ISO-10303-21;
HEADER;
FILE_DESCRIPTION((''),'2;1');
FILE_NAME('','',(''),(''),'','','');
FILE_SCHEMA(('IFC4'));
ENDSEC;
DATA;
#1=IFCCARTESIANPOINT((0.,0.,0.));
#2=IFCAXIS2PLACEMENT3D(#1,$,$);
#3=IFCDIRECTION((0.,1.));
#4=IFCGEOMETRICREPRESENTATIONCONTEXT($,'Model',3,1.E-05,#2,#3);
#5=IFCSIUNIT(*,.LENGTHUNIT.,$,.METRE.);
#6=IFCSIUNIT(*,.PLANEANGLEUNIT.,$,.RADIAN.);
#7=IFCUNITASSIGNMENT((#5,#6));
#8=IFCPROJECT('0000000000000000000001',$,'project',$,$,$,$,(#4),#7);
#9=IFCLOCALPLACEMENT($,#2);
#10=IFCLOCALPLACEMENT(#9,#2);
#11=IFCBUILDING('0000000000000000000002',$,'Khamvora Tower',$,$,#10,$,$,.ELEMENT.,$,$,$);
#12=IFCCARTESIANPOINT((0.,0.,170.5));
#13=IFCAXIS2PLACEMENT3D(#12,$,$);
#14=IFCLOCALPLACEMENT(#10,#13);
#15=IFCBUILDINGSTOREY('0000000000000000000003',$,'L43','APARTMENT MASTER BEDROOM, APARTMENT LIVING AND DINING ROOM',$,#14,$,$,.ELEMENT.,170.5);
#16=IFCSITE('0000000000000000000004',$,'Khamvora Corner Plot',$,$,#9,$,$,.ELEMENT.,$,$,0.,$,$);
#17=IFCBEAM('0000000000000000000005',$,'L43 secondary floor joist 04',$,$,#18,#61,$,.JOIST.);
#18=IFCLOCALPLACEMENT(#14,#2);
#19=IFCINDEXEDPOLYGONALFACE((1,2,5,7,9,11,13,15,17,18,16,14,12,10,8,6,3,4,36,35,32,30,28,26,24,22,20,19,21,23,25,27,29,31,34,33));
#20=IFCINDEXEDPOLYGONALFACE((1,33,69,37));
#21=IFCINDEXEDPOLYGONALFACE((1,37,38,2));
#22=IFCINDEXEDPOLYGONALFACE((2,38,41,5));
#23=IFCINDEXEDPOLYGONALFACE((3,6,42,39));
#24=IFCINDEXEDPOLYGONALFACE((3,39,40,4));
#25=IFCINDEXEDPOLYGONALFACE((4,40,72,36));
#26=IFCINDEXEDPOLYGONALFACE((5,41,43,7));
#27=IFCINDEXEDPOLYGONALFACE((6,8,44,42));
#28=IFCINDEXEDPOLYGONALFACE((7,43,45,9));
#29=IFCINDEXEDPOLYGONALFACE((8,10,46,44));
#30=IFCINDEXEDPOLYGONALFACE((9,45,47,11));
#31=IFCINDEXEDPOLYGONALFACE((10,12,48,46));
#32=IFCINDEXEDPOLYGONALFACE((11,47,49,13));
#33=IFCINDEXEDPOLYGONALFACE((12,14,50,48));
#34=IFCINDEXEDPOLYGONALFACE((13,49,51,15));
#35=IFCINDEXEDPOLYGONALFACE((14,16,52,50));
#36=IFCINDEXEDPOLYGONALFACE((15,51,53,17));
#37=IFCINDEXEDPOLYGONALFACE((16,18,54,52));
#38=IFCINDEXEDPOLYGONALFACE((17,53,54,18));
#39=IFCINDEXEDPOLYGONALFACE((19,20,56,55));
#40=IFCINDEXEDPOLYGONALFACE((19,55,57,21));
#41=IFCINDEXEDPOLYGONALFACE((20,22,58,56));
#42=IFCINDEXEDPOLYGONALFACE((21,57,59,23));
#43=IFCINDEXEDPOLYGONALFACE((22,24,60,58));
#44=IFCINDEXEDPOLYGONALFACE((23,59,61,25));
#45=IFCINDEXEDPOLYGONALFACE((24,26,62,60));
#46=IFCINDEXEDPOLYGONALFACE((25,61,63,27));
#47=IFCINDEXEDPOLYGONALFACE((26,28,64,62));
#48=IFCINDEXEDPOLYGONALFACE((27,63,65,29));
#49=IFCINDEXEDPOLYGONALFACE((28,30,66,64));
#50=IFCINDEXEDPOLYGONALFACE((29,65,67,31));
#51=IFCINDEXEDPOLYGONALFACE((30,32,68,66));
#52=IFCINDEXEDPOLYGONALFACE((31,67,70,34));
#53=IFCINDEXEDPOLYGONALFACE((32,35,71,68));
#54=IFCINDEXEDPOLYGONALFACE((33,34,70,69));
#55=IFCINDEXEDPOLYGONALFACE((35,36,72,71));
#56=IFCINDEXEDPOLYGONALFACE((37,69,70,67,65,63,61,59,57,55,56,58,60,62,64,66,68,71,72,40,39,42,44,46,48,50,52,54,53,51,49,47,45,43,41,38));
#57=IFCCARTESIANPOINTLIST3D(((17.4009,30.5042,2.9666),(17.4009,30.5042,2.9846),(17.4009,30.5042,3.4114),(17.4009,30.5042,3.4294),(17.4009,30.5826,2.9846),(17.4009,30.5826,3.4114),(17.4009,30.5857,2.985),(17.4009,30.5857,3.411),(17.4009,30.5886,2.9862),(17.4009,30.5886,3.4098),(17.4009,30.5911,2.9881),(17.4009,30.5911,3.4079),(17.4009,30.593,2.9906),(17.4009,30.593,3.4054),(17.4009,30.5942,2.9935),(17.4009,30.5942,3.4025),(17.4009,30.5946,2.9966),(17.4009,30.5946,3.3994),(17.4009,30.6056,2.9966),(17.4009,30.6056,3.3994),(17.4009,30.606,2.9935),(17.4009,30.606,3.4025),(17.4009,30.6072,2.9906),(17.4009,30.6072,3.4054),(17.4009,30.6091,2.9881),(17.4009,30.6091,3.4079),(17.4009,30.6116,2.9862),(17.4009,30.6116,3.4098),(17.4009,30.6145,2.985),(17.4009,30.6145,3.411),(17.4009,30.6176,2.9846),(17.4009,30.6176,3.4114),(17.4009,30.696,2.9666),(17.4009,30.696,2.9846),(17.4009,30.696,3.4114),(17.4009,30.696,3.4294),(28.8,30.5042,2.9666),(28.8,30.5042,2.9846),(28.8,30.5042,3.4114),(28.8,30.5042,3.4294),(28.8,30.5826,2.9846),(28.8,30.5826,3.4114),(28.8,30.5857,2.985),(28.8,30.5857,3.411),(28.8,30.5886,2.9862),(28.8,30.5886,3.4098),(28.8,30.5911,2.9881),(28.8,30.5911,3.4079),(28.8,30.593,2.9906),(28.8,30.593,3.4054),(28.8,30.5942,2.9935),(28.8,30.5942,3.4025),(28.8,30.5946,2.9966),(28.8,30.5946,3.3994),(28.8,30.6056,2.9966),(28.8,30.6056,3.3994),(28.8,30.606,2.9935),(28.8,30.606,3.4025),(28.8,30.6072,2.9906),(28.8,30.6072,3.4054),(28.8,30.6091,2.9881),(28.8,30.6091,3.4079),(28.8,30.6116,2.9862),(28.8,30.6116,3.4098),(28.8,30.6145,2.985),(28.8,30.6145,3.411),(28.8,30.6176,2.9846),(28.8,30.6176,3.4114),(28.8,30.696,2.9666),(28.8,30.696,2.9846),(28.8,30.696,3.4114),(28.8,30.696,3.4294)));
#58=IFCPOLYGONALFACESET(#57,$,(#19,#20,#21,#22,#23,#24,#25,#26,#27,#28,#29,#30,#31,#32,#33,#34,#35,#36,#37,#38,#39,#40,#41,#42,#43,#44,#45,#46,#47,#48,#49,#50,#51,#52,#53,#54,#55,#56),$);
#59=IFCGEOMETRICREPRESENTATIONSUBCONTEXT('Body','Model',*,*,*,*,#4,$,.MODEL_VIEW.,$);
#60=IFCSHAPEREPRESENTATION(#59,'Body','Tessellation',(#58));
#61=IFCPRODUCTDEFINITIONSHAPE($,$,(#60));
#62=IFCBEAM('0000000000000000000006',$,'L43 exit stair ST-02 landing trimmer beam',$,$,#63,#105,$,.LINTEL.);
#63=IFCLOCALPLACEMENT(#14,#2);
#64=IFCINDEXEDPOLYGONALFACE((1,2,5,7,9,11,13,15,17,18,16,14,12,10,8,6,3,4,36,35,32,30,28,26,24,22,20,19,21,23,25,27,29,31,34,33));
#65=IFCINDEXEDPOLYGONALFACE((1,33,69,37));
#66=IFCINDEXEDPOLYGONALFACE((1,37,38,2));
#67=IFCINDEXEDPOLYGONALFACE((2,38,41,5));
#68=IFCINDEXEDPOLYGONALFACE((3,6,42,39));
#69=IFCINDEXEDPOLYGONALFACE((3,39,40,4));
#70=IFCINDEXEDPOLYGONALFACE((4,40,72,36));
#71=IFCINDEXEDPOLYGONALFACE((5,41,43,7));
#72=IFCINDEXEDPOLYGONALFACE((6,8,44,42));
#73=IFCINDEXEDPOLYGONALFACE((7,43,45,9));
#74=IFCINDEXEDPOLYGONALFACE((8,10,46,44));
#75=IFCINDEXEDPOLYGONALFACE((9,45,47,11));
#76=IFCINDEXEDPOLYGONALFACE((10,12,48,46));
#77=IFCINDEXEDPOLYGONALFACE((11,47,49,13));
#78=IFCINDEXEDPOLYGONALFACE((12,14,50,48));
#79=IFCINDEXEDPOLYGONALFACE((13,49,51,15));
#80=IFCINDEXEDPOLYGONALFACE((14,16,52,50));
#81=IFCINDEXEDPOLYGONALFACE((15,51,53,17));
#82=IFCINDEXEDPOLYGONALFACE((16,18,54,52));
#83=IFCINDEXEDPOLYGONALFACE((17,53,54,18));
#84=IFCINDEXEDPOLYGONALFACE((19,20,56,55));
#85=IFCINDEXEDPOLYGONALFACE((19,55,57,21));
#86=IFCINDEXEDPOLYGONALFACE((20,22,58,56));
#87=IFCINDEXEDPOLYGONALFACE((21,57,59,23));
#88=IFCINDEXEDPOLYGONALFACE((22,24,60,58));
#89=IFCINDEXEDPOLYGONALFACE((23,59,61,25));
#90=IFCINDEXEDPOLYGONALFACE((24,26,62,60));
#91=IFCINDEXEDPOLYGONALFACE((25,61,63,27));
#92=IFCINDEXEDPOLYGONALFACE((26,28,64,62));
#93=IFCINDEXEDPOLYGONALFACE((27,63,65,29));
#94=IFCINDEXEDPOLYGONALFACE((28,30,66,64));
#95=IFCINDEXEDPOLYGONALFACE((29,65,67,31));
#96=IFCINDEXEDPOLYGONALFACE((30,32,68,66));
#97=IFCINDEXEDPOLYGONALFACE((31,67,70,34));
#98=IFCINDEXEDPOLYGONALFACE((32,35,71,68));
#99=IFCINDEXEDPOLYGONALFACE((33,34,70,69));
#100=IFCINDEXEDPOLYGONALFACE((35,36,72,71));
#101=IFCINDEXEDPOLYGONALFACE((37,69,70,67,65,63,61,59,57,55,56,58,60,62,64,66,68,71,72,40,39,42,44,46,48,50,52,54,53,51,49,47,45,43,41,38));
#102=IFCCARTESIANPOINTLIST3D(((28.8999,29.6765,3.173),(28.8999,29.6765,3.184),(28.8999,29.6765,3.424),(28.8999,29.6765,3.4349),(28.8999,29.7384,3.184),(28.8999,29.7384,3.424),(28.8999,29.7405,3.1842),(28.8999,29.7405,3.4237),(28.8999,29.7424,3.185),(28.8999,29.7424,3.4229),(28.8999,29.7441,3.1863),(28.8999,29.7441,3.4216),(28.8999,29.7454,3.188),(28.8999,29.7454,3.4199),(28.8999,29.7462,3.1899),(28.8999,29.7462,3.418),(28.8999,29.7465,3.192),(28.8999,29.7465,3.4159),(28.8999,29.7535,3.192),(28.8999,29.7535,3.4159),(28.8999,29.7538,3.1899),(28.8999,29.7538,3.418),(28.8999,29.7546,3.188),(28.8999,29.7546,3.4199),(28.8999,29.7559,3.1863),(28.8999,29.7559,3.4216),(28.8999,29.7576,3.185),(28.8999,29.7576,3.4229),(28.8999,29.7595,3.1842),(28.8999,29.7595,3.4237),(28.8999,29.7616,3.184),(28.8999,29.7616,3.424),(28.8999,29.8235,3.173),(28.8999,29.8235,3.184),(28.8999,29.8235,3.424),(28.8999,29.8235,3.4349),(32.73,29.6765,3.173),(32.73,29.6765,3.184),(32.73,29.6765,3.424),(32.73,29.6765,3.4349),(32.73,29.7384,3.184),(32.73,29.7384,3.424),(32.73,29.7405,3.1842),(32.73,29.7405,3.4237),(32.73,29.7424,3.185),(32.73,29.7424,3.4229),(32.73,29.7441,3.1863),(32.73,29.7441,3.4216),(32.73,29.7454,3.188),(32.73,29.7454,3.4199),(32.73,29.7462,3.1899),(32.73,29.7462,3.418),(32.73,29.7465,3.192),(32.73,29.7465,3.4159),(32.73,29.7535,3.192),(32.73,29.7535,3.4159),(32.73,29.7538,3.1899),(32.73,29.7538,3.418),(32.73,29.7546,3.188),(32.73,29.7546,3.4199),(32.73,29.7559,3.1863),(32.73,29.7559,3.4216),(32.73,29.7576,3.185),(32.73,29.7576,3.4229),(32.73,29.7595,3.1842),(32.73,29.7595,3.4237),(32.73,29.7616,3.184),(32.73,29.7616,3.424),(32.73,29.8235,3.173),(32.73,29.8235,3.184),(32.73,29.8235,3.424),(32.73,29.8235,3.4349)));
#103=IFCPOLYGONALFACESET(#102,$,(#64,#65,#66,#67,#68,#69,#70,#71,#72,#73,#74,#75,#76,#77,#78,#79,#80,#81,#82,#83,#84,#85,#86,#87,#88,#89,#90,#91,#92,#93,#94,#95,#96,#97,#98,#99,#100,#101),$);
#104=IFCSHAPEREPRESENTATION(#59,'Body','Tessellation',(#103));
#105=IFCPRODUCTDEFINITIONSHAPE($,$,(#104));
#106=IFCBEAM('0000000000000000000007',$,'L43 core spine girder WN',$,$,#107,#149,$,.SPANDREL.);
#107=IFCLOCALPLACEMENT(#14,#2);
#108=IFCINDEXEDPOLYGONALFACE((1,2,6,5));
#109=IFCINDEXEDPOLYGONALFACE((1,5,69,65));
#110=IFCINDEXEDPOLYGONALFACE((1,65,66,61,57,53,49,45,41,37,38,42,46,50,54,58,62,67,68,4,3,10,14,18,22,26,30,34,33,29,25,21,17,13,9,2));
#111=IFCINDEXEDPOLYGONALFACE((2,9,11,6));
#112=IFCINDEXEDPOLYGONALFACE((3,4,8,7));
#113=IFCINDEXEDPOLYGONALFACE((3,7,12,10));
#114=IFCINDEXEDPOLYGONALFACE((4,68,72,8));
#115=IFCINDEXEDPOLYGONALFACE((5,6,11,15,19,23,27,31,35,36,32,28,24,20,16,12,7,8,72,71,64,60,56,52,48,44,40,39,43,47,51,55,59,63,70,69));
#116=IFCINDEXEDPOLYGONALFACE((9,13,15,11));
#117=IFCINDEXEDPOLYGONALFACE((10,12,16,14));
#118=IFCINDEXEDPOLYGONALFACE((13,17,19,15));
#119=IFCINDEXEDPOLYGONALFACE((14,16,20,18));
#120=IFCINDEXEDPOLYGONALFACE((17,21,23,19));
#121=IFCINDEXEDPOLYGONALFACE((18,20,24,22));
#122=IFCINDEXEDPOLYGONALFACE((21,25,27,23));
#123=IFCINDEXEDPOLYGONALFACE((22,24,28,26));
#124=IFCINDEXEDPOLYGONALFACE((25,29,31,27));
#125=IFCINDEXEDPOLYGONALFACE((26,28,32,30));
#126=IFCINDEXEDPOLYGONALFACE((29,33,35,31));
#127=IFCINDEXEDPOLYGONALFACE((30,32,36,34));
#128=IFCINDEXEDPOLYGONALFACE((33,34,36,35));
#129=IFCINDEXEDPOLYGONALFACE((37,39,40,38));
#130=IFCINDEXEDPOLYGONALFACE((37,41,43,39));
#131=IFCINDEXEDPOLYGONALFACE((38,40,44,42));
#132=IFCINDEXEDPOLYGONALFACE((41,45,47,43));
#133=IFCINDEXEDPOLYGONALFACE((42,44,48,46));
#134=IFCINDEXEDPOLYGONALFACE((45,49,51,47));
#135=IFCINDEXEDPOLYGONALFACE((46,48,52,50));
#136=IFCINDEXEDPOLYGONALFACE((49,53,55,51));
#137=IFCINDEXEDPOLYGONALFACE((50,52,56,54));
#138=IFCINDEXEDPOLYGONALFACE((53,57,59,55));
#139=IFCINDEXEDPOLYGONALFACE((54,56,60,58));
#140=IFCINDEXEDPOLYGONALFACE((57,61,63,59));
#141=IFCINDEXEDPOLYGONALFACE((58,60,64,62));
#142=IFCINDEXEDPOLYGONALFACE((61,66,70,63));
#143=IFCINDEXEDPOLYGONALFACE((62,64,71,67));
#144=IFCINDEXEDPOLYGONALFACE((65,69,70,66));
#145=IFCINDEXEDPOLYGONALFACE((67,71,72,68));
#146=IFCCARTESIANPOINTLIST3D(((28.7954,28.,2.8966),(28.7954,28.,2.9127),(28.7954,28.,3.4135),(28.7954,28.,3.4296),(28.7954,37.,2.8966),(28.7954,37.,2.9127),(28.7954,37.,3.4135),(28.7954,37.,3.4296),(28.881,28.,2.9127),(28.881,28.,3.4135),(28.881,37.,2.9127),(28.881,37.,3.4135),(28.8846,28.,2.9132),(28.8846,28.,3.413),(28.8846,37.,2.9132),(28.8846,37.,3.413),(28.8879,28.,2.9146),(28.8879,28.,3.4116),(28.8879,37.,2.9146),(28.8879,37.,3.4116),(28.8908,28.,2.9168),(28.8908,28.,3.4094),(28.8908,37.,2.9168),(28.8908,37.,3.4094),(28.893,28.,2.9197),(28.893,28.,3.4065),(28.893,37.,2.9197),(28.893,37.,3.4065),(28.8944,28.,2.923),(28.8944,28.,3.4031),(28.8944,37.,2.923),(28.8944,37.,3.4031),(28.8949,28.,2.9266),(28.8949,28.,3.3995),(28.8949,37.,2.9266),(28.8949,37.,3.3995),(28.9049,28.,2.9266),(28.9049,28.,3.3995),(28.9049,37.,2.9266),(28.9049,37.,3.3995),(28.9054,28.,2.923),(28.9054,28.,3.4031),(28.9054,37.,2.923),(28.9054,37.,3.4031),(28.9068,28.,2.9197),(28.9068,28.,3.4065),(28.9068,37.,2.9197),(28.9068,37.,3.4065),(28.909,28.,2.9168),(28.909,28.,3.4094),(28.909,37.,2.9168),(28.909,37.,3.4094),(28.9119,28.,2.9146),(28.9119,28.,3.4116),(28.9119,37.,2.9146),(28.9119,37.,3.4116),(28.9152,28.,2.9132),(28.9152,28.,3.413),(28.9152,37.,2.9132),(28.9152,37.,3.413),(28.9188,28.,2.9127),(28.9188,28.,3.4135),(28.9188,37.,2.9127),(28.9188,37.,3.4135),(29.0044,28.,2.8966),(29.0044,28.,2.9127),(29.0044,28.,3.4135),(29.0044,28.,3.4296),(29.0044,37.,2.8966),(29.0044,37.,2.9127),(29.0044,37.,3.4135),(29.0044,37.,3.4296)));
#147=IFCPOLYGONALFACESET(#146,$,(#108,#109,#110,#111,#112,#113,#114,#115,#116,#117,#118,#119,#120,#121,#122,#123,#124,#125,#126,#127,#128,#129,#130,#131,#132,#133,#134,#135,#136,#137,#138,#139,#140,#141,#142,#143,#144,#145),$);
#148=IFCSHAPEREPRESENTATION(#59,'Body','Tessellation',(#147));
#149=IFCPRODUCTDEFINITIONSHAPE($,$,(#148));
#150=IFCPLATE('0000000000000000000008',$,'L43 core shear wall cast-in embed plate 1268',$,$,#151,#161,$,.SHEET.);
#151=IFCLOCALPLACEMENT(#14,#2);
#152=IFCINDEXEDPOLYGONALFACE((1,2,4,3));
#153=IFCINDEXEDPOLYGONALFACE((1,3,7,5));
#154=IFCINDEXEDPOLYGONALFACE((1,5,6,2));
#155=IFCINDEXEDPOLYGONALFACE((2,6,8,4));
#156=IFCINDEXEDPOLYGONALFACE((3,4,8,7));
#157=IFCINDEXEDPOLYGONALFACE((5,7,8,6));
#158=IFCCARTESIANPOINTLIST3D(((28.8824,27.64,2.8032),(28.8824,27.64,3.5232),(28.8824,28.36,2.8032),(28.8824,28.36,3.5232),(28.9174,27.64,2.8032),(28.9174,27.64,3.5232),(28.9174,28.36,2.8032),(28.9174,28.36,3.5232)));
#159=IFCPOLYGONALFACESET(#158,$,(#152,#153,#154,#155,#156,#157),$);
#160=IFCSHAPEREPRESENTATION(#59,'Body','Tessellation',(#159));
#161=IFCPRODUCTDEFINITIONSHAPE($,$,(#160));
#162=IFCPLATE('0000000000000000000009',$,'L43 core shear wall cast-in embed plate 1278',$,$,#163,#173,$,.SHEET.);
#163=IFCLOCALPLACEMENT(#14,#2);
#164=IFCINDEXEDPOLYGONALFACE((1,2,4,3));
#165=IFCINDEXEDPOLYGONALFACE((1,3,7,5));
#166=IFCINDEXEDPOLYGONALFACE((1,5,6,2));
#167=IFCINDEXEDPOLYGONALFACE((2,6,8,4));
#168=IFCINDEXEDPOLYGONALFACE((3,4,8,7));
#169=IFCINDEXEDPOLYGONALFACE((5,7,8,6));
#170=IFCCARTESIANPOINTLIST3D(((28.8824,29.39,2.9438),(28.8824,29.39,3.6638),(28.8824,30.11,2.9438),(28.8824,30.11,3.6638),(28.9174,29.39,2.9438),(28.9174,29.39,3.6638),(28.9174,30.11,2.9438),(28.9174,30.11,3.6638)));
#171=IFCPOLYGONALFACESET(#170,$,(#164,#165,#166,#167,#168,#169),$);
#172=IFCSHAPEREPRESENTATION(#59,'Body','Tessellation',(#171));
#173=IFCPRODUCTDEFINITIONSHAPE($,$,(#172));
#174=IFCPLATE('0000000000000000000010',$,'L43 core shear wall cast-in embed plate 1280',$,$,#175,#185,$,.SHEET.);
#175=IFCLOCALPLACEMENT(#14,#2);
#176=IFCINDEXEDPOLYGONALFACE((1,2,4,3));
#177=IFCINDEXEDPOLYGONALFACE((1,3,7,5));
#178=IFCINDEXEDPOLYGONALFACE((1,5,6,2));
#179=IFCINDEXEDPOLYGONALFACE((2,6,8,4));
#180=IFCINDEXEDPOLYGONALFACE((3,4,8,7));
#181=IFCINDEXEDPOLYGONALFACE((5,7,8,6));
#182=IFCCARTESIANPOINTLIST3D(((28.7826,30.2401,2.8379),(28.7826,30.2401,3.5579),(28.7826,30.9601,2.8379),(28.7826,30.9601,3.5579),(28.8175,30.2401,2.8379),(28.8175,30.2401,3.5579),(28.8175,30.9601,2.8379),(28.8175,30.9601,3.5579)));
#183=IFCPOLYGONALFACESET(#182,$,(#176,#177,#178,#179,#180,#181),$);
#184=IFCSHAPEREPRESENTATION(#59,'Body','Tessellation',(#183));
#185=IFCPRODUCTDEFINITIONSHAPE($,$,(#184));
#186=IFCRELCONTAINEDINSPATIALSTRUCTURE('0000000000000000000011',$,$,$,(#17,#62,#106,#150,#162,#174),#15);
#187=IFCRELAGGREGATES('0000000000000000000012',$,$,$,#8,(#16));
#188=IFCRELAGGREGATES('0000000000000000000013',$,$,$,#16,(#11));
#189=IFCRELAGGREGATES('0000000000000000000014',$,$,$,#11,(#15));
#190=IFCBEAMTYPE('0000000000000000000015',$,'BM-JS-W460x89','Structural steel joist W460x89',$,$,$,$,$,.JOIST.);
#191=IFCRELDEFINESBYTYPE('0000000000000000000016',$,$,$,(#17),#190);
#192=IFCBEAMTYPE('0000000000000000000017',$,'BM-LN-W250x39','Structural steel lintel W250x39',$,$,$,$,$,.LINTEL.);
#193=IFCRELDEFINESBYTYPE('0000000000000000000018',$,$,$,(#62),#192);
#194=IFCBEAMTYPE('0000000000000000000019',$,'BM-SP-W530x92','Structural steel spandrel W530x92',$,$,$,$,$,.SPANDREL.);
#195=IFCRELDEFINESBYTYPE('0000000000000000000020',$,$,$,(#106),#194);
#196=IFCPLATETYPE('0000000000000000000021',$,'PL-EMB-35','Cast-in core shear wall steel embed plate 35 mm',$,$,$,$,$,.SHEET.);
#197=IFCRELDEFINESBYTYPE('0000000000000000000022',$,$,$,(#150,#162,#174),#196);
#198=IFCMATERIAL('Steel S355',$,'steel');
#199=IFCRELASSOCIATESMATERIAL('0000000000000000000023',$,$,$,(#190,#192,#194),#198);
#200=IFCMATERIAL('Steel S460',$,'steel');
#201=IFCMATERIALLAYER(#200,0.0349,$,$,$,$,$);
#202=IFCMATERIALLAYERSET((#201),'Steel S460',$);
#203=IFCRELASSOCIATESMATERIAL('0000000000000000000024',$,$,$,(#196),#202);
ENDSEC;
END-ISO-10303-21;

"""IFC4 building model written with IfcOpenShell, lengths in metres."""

from ifc_helpers import new_model, si_unit, direction, frame, origin, origin_2d, place, context, subcontext, project, spatial, rectangle, i_section, extrude, material, layer, layer_set, material_profile, profile_set, type_object, element, save


model = new_model("IFC4")

# Units and contexts
model_context = context("Model", 3, precision=1e-05, world=origin(), true_north=direction((0.0, 1.0)))
body_context = subcontext(model_context, "Body", "Model", "MODEL_VIEW")
ifc_project = project(units=[si_unit("LENGTHUNIT", "METRE"), si_unit("PLANEANGLEUNIT", "RADIAN")], contexts=[model_context])

# Site, building, storey
site_placement = place(None, origin())
site = spatial("IfcSite", under=ifc_project, at=site_placement, Name="Khamvora Corner Plot", CompositionType="ELEMENT", RefElevation=0.0)
building_placement = place(site_placement, origin())
building = spatial("IfcBuilding", under=site, at=building_placement, Name="Khamvora Tower", CompositionType="ELEMENT")
storey_placement = place(building_placement, frame((0.0, 0.0, 170.5)))
storey = spatial("IfcBuildingStorey", under=building, at=storey_placement, Name="L43", Description="APARTMENT MASTER BEDROOM, APARTMENT LIVING AND DINING ROOM", CompositionType="ELEMENT", Elevation=170.5)

# Beams
ifc_material_1 = material(Name="Steel S355", Category="steel")
ifc_material_profile_1 = material_profile(ifc_material_1, i_section(OverallWidth=0.1919, OverallDepth=0.4629, WebThickness=0.011, FlangeThickness=0.0181, FilletRadius=0.012, at=origin_2d()), Name="W460x89")
ifc_profile_set_1 = profile_set([ifc_material_profile_1], Name="Steel S355")
beam_type_1 = type_object("IfcBeamType", Name="BM-JS-W460x89", Description="Structural steel joist W460x89", PredefinedType="JOIST", material=ifc_profile_set_1)
beam_1_placement = place(storey_placement, frame((17.4009, 30.6001, 3.198), z_axis=(1.0, 0.0, 0.0), x_axis=(0.0, 1.0, 0.0)))
element("IfcBeam", 1, at=beam_1_placement, inside=storey, type_object=beam_type_1, Name="L43 secondary floor joist 04", PredefinedType="JOIST", context=body_context, shape_type="SweptSolid", body=[
    extrude(i_section(OverallWidth=0.1919, OverallDepth=0.4629, WebThickness=0.011, FlangeThickness=0.0181, FilletRadius=0.012, at=origin_2d()), origin(), (0.0, 0.0, 1.0), 11.3992),
])
ifc_material_profile_2 = material_profile(ifc_material_1, i_section(OverallWidth=0.147, OverallDepth=0.262, WebThickness=0.0071, FlangeThickness=0.011, FilletRadius=0.0081, at=origin_2d()), Name="W250x39")
ifc_profile_set_2 = profile_set([ifc_material_profile_2], Name="Steel S355")
beam_type_2 = type_object("IfcBeamType", Name="BM-LN-W250x39", Description="Structural steel lintel W250x39", PredefinedType="LINTEL", material=ifc_profile_set_2)
beam_2_placement = place(storey_placement, frame((28.8999, 29.75, 3.304), z_axis=(1.0, 0.0, 0.0), x_axis=(0.0, 1.0, 0.0)))
element("IfcBeam", 2, at=beam_2_placement, inside=storey, type_object=beam_type_2, Name="L43 exit stair ST-02 landing trimmer beam", PredefinedType="LINTEL", context=body_context, shape_type="SweptSolid", body=[
    extrude(i_section(OverallWidth=0.147, OverallDepth=0.262, WebThickness=0.0071, FlangeThickness=0.011, FilletRadius=0.0081, at=origin_2d()), origin(), (0.0, 0.0, 1.0), 3.8301),
])
ifc_material_profile_3 = material_profile(ifc_material_1, i_section(OverallWidth=0.209, OverallDepth=0.533, WebThickness=0.01, FlangeThickness=0.0161, FilletRadius=0.0139, at=origin_2d()), Name="W530x92")
ifc_profile_set_3 = profile_set([ifc_material_profile_3], Name="Steel S355")
beam_type_3 = type_object("IfcBeamType", Name="BM-SP-W530x92", Description="Structural steel spandrel W530x92", PredefinedType="SPANDREL", material=ifc_profile_set_3)
beam_3_placement = place(storey_placement, frame((28.8999, 28.0, 3.1631), z_axis=(0.0, 1.0, 0.0), x_axis=(-1.0, 0.0, 0.0)))
element("IfcBeam", 3, at=beam_3_placement, inside=storey, type_object=beam_type_3, Name="L43 core spine girder WN", PredefinedType="SPANDREL", context=body_context, shape_type="SweptSolid", body=[
    extrude(i_section(OverallWidth=0.209, OverallDepth=0.533, WebThickness=0.01, FlangeThickness=0.0161, FilletRadius=0.0139, at=origin_2d()), origin(), (0.0, 0.0, 1.0), 9.0),
])

# Plates
ifc_material_2 = material(Name="Steel S460", Category="steel")
ifc_layer_1 = layer(ifc_material_2, 0.0349)
ifc_layer_set_1 = layer_set([ifc_layer_1], Name="Steel S460")
plate_type = type_object("IfcPlateType", Name="PL-EMB-35", Description="Cast-in core shear wall steel embed plate 35 mm", PredefinedType="SHEET", material=ifc_layer_set_1)
for number, where, z_axis, x_axis, name in (
    (4, (28.8999, 28.0, 2.8032), (0.0, 0.0, 1.0), (1.0, 0.0, 0.0), "L43 core shear wall cast-in embed plate 1268"),
    (5, (28.8999, 29.75, 2.9438), (0.0, 0.0, 1.0), (1.0, 0.0, 0.0), "L43 core shear wall cast-in embed plate 1278"),
    (6, (28.8, 30.6001, 2.8379), (0.0, 0.0, 1.0), (1.0, 0.0, 0.0), "L43 core shear wall cast-in embed plate 1280"),
):
    element("IfcPlate", number, at=place(storey_placement, frame(where, z_axis=z_axis, x_axis=x_axis)), inside=storey, type_object=plate_type, Name=name, PredefinedType="SHEET", context=body_context, shape_type="SweptSolid", body=[
        extrude(rectangle(XDim=0.0349, YDim=0.72, at=origin_2d()), origin(), (0.0, 0.0, 1.0), 0.72),
    ])

save(model, "model.ifc")
